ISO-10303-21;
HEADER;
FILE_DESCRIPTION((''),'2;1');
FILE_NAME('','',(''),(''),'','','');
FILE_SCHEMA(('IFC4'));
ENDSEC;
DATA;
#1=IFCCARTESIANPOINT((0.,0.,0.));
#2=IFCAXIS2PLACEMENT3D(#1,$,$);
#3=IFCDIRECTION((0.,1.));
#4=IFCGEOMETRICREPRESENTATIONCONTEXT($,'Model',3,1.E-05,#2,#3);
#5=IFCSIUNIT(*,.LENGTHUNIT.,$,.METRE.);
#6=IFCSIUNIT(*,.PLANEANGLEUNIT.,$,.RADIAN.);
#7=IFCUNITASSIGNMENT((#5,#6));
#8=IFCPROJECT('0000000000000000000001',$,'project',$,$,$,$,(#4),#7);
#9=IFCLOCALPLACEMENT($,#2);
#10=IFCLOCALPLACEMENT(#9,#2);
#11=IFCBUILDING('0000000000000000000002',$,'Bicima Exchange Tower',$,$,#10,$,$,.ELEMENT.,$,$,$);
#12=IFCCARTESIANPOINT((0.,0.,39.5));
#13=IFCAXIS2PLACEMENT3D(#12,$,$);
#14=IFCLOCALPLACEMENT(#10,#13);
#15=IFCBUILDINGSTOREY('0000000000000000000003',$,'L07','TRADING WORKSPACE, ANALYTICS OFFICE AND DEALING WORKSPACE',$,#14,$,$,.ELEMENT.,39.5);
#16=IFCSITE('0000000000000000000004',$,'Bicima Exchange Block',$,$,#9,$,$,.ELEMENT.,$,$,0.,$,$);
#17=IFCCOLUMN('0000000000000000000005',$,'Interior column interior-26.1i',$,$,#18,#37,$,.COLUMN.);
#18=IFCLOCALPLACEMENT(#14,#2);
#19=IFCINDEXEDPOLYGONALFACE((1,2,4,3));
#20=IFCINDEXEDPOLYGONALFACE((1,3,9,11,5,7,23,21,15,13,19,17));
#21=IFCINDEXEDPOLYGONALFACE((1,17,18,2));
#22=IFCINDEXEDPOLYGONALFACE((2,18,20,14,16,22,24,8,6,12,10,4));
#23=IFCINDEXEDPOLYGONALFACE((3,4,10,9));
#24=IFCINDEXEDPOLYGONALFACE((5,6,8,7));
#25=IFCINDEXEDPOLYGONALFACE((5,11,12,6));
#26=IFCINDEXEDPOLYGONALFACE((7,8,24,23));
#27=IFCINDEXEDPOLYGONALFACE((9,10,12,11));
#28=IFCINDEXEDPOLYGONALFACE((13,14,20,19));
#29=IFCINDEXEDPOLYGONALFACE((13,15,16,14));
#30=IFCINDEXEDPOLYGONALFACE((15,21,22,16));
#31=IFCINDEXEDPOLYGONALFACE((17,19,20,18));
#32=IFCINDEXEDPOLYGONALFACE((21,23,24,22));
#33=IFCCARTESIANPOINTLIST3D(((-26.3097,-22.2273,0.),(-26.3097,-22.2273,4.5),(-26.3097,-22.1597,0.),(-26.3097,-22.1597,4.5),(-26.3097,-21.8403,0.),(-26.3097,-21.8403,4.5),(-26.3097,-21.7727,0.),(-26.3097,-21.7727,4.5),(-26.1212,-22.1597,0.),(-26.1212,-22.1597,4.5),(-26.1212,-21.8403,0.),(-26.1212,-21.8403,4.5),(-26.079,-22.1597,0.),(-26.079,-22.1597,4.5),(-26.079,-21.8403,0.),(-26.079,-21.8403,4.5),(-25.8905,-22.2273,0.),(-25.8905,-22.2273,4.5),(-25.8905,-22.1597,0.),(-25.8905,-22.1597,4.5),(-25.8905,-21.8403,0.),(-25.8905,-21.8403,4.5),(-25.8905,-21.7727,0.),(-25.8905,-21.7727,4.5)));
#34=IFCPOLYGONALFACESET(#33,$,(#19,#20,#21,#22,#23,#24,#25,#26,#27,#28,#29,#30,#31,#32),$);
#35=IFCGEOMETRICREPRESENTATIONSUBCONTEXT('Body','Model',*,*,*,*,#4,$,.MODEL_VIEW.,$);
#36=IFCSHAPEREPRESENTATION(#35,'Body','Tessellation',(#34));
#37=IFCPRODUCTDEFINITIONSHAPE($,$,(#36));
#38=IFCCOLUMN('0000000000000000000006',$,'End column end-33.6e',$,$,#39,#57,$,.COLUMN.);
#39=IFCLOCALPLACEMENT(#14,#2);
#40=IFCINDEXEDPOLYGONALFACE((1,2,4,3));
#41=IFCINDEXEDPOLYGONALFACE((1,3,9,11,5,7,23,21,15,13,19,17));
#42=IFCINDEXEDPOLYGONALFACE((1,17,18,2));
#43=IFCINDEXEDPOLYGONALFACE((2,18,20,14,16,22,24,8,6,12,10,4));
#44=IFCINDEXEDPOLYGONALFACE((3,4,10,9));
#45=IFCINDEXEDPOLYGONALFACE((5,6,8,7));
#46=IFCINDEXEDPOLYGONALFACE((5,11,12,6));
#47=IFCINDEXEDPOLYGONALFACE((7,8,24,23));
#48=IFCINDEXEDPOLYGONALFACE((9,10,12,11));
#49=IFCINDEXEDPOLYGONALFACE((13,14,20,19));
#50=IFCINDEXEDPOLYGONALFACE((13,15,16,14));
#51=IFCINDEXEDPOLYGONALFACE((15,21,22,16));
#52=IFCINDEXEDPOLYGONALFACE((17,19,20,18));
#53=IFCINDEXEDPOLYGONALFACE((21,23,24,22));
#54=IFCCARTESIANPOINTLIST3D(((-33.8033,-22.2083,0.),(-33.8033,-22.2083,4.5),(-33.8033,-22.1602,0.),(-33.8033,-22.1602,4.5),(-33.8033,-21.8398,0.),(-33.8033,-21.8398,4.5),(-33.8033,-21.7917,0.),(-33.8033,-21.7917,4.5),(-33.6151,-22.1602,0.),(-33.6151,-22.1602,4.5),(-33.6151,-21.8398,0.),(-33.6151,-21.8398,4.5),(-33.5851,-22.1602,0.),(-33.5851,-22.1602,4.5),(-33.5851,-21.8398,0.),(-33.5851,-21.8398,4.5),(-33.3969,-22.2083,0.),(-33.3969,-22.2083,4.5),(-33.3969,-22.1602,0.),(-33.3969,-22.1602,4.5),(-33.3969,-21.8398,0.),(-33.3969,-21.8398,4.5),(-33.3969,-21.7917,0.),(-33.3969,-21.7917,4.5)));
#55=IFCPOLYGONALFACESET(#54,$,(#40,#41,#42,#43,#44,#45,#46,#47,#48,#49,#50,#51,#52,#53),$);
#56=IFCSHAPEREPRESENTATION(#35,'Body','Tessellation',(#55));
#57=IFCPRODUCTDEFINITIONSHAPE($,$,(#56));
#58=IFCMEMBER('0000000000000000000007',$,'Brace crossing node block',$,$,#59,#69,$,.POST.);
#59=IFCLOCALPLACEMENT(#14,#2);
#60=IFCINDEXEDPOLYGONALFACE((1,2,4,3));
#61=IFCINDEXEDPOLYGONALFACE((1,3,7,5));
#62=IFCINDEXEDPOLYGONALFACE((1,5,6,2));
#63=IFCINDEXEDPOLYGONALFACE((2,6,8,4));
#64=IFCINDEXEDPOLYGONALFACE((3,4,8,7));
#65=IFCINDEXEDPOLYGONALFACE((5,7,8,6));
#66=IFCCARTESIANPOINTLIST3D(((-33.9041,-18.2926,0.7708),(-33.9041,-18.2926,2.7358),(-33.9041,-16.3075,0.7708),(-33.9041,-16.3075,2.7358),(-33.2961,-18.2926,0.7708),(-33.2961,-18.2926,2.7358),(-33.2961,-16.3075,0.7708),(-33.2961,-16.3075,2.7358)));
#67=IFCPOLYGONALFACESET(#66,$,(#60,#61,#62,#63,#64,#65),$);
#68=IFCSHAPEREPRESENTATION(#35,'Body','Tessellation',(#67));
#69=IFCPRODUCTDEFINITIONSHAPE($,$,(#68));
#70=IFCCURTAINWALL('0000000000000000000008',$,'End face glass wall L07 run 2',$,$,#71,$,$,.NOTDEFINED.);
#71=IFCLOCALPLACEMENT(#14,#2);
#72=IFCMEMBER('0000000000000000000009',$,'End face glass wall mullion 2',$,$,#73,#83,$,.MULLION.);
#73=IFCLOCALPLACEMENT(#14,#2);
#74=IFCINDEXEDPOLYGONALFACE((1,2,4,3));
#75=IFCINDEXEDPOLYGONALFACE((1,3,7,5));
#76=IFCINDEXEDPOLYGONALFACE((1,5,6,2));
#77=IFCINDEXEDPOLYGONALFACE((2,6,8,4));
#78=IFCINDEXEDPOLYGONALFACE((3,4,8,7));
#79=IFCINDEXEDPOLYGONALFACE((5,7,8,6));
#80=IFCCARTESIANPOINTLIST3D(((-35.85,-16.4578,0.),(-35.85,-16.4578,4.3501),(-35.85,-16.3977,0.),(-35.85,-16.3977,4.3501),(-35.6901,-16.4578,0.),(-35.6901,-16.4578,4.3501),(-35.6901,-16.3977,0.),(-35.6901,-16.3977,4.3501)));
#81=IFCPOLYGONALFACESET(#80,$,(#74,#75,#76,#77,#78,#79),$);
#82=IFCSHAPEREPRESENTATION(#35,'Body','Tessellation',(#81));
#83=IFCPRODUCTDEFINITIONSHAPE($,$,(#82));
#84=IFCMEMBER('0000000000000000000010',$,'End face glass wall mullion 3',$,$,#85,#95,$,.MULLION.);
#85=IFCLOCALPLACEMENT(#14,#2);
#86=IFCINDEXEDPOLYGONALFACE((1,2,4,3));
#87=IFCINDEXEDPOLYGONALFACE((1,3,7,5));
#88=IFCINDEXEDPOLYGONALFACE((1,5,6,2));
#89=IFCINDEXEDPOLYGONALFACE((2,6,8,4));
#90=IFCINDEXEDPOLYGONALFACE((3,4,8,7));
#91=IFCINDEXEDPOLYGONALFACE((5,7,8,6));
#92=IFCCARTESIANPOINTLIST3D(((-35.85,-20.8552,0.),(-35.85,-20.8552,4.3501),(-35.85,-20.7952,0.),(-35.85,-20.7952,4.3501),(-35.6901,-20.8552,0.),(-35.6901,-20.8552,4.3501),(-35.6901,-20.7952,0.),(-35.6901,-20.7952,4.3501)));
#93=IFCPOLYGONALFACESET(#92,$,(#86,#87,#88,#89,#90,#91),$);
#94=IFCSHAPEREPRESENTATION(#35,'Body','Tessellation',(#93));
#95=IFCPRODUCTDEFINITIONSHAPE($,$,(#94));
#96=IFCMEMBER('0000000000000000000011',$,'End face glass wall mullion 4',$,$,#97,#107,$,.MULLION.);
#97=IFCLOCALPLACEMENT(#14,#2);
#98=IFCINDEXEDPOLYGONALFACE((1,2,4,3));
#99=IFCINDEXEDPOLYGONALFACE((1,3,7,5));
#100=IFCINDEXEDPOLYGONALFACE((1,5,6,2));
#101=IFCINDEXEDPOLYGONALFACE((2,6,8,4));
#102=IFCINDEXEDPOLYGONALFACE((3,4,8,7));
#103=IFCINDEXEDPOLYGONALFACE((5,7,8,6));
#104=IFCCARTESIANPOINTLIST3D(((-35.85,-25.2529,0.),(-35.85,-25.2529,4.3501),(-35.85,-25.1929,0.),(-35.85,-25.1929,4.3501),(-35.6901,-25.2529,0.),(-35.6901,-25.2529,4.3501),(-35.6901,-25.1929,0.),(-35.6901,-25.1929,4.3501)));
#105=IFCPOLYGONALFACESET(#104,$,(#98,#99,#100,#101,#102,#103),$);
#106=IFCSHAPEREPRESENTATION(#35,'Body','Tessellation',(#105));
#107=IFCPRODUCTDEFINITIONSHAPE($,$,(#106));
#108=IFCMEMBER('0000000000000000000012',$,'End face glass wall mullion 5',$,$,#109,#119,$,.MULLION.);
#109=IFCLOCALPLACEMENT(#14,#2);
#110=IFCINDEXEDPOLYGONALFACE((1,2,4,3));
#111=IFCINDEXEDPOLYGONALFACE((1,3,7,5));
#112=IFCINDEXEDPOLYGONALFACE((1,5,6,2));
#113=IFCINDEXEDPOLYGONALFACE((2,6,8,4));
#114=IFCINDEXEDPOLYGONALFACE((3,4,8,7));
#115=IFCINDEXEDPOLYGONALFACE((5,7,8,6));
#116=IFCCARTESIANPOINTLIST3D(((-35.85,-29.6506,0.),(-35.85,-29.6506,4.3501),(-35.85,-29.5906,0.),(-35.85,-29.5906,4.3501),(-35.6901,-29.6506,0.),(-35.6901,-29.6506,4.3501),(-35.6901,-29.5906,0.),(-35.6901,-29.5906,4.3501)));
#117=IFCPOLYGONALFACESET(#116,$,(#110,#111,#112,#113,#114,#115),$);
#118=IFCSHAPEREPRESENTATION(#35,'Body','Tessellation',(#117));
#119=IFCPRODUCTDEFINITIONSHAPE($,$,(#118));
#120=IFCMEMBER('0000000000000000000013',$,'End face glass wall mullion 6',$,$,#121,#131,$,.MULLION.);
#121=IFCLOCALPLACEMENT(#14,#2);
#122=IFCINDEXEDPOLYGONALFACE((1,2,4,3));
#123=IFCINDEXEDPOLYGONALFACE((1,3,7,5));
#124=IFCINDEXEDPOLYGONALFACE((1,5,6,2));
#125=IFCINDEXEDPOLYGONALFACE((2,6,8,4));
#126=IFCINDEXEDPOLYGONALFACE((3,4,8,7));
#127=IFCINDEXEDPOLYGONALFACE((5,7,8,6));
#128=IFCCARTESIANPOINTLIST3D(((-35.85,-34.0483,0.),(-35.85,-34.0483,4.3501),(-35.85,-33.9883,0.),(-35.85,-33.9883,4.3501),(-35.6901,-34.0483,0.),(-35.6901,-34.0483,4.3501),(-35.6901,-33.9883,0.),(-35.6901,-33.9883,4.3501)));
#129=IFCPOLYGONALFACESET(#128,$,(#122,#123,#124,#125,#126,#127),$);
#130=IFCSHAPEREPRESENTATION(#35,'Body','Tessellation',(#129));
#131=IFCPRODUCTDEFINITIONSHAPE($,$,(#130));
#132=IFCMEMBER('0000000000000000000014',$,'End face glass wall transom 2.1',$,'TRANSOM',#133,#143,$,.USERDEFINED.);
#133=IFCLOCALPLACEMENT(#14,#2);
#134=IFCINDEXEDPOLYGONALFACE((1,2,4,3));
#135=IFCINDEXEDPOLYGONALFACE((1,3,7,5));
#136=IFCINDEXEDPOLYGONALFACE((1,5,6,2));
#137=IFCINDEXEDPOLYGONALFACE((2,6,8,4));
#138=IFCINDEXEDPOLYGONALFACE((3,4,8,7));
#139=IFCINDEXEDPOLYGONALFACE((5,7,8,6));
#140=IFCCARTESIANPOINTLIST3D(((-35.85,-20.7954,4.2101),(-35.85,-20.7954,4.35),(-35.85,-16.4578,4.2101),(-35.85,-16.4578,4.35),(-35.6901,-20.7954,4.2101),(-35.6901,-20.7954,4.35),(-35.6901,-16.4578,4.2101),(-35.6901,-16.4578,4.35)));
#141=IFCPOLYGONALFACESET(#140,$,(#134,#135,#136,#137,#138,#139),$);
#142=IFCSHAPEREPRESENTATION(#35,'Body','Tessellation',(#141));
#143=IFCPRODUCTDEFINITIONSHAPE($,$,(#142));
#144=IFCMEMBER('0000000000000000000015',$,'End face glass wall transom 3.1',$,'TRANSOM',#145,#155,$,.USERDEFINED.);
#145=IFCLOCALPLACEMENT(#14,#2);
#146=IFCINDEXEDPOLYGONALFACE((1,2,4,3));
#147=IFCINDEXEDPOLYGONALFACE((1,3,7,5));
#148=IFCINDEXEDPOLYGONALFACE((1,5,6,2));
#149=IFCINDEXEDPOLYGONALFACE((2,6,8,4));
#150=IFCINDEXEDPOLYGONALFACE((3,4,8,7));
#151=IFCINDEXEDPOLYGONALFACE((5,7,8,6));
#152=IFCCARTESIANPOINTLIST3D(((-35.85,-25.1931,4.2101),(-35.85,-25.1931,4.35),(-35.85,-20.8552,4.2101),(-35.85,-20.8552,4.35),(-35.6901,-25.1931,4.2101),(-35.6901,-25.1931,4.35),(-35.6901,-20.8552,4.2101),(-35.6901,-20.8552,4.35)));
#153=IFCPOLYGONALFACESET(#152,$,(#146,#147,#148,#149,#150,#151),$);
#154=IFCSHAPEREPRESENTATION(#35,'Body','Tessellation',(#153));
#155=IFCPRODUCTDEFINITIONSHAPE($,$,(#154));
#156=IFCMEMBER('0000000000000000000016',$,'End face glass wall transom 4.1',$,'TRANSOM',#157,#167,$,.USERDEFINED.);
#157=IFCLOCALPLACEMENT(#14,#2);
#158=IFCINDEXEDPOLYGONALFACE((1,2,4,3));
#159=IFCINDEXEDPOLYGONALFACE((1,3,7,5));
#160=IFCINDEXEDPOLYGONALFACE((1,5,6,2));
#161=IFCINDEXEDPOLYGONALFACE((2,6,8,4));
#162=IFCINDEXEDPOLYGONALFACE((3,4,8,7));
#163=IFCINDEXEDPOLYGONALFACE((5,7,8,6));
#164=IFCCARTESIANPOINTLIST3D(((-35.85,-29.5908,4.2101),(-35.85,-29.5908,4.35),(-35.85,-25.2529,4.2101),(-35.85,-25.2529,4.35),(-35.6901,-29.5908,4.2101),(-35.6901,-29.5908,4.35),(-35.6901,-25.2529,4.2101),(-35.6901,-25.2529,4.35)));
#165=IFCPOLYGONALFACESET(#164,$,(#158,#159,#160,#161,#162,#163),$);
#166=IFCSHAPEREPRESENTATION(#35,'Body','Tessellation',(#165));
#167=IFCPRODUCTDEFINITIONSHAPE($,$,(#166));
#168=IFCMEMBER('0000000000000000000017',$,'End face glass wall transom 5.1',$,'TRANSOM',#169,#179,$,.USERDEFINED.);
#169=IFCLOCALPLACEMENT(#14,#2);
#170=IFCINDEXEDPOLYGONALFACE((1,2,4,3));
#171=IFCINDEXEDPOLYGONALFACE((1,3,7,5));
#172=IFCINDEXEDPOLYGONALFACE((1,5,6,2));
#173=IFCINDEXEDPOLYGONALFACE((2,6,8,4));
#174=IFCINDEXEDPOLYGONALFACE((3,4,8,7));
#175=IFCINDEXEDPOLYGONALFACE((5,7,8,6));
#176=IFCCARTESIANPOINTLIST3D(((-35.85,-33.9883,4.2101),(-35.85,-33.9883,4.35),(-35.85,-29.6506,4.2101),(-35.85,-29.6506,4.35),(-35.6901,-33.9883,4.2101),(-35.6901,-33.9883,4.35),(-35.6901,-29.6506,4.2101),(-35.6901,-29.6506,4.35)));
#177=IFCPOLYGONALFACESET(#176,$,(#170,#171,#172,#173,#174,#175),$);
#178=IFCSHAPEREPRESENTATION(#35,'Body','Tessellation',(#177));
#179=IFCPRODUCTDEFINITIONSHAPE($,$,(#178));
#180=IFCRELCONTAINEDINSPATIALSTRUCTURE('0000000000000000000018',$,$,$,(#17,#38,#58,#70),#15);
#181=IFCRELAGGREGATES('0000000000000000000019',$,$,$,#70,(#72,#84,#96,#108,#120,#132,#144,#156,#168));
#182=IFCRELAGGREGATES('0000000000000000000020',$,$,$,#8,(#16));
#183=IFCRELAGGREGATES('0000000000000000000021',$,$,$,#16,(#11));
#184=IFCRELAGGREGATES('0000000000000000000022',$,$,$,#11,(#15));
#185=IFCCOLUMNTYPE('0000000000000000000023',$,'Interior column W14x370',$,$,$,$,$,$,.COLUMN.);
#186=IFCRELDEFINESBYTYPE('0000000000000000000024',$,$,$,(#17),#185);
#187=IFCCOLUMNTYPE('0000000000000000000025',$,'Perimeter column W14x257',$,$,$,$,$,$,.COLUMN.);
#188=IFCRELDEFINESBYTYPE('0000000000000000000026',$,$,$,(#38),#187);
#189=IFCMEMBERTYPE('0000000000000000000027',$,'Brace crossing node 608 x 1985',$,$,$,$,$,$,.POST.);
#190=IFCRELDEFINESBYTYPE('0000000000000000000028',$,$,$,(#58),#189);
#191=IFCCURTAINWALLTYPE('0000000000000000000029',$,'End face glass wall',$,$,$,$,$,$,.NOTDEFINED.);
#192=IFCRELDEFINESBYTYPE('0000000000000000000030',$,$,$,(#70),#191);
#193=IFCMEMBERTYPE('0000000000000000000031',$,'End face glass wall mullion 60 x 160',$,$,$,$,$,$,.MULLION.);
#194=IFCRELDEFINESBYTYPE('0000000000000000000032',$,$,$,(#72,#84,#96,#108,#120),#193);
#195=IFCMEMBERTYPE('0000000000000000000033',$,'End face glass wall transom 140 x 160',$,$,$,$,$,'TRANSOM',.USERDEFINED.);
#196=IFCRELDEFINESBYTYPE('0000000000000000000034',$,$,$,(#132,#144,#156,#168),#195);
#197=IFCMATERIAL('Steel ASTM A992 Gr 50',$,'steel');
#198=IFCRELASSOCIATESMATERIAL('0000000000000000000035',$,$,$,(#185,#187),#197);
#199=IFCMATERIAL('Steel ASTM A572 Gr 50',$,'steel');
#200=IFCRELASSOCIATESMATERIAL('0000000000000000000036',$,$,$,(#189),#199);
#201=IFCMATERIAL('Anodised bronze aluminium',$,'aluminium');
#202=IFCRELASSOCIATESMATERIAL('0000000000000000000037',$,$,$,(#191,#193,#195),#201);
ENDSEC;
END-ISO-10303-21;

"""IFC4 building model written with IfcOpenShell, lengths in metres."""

from ifc_helpers import new_model, si_unit, direction, frame, origin, origin_2d, place, context, subcontext, project, spatial, rectangle, i_section, extrude, material, material_profile, profile_set, type_object, element, aggregate, save


model = new_model("IFC4")

# Units and contexts
model_context = context("Model", 3, precision=1e-05, world=origin(), true_north=direction((0.0, 1.0)))
body_context = subcontext(model_context, "Body", "Model", "MODEL_VIEW")
ifc_project = project(units=[si_unit("LENGTHUNIT", "METRE"), si_unit("PLANEANGLEUNIT", "RADIAN")], contexts=[model_context])

# Site, building, storey
site_placement = place(None, origin())
site = spatial("IfcSite", under=ifc_project, at=site_placement, Name="Bicima Exchange Block", CompositionType="ELEMENT", RefElevation=0.0)
building_placement = place(site_placement, origin())
building = spatial("IfcBuilding", under=site, at=building_placement, Name="Bicima Exchange Tower", CompositionType="ELEMENT")
storey_placement = place(building_placement, frame((0.0, 0.0, 39.5)))
storey = spatial("IfcBuildingStorey", under=building, at=storey_placement, Name="L07", Description="TRADING WORKSPACE, ANALYTICS OFFICE AND DEALING WORKSPACE", CompositionType="ELEMENT", Elevation=39.5)

# Columns
ifc_material_1 = material(Name="Steel ASTM A992 Gr 50", Category="steel")
ifc_material_profile_1 = material_profile(ifc_material_1, i_section(OverallWidth=0.4192, OverallDepth=0.4546, WebThickness=0.0422, FlangeThickness=0.0676, at=origin_2d()))
ifc_profile_set_1 = profile_set([ifc_material_profile_1], Name="Steel ASTM A992 Gr 50")
column_type_1 = type_object("IfcColumnType", Name="Interior column W14x370", PredefinedType="COLUMN", material=ifc_profile_set_1)
column_1_placement = place(storey_placement, frame((-26.1001, -22.0, 0.0), z_axis=(0.0, 0.0, 1.0), x_axis=(1.0, 0.0, 0.0)))
element("IfcColumn", 1, at=column_1_placement, inside=storey, type_object=column_type_1, Name="Interior column interior-26.1i", PredefinedType="COLUMN", context=body_context, shape_type="SweptSolid", body=[
    extrude(i_section(OverallWidth=0.4192, OverallDepth=0.4546, WebThickness=0.0422, FlangeThickness=0.0676, at=origin_2d()), origin(), (0.0, 0.0, 1.0), 4.5),
])
ifc_material_profile_2 = material_profile(ifc_material_1, i_section(OverallWidth=0.4065, OverallDepth=0.4165, WebThickness=0.03, FlangeThickness=0.0481, at=origin_2d()))
ifc_profile_set_2 = profile_set([ifc_material_profile_2], Name="Steel ASTM A992 Gr 50")
column_type_2 = type_object("IfcColumnType", Name="Perimeter column W14x257", PredefinedType="COLUMN", material=ifc_profile_set_2)
column_2_placement = place(storey_placement, frame((-33.6001, -22.0, 0.0), z_axis=(0.0, 0.0, 1.0), x_axis=(1.0, 0.0, 0.0)))
element("IfcColumn", 2, at=column_2_placement, inside=storey, type_object=column_type_2, Name="End column end-33.6e", PredefinedType="COLUMN", context=body_context, shape_type="SweptSolid", body=[
    extrude(i_section(OverallWidth=0.4065, OverallDepth=0.4165, WebThickness=0.03, FlangeThickness=0.0481, at=origin_2d()), origin(), (0.0, 0.0, 1.0), 4.5),
])

# Member
ifc_material_2 = material(Name="Steel ASTM A572 Gr 50", Category="steel")
ifc_material_profile_3 = material_profile(ifc_material_2, rectangle(XDim=0.6079, YDim=1.9851, at=origin_2d()))
ifc_profile_set_3 = profile_set([ifc_material_profile_3], Name="Steel ASTM A572 Gr 50")
member_type_1 = type_object("IfcMemberType", Name="Brace crossing node 608 x 1985", PredefinedType="POST", material=ifc_profile_set_3)
member_1_placement = place(storey_placement, frame((-33.6001, -17.3, 0.7708), z_axis=(0.0, 0.0, 1.0), x_axis=(1.0, 0.0, 0.0)))
element("IfcMember", 3, at=member_1_placement, inside=storey, type_object=member_type_1, Name="Brace crossing node block", PredefinedType="POST", context=body_context, shape_type="SweptSolid", body=[
    extrude(rectangle(XDim=0.6079, YDim=1.9851, at=origin_2d()), origin(), (0.0, 0.0, 1.0), 1.9651),
])

# Curtain wall, members
ifc_material_3 = material(Name="Anodised bronze aluminium", Category="aluminium")
curtain_wall_type = type_object("IfcCurtainWallType", Name="End face glass wall", PredefinedType="NOTDEFINED", material=ifc_material_3)
curtain_wall_placement = place(storey_placement, origin())
curtain_wall = element("IfcCurtainWall", 4, at=curtain_wall_placement, inside=storey, type_object=curtain_wall_type, Name="End face glass wall L07 run 2", PredefinedType="NOTDEFINED")
ifc_material_profile_4 = material_profile(ifc_material_3, rectangle(XDim=0.1599, YDim=0.0601, at=origin_2d()))
ifc_profile_set_4 = profile_set([ifc_material_profile_4], Name="Anodised bronze aluminium")
member_type_2 = type_object("IfcMemberType", Name="End face glass wall mullion 60 x 160", PredefinedType="MULLION", material=ifc_profile_set_4)
member_2_placement = place(storey_placement, frame((-35.77, -16.4277, 0.0), z_axis=(0.0, 0.0, 1.0), x_axis=(1.0, 0.0, 0.0)))
member_2 = element("IfcMember", 5, at=member_2_placement, type_object=member_type_2, Name="End face glass wall mullion 2", PredefinedType="MULLION", context=body_context, shape_type="SweptSolid", body=[
    extrude(rectangle(XDim=0.1599, YDim=0.0601, at=origin_2d()), origin(), (0.0, 0.0, 1.0), 4.3501),
])
member_3_placement = place(storey_placement, frame((-35.77, -20.8252, 0.0), z_axis=(0.0, 0.0, 1.0), x_axis=(1.0, 0.0, 0.0)))
member_3 = element("IfcMember", 6, at=member_3_placement, type_object=member_type_2, Name="End face glass wall mullion 3", PredefinedType="MULLION", context=body_context, shape_type="SweptSolid", body=[
    extrude(rectangle(XDim=0.1599, YDim=0.0601, at=origin_2d()), origin(), (0.0, 0.0, 1.0), 4.3501),
])
member_4_placement = place(storey_placement, frame((-35.77, -25.2229, 0.0), z_axis=(0.0, 0.0, 1.0), x_axis=(1.0, 0.0, 0.0)))
member_4 = element("IfcMember", 7, at=member_4_placement, type_object=member_type_2, Name="End face glass wall mullion 4", PredefinedType="MULLION", context=body_context, shape_type="SweptSolid", body=[
    extrude(rectangle(XDim=0.1599, YDim=0.0601, at=origin_2d()), origin(), (0.0, 0.0, 1.0), 4.3501),
])
member_5_placement = place(storey_placement, frame((-35.77, -29.6206, 0.0), z_axis=(0.0, 0.0, 1.0), x_axis=(1.0, 0.0, 0.0)))
member_5 = element("IfcMember", 8, at=member_5_placement, type_object=member_type_2, Name="End face glass wall mullion 5", PredefinedType="MULLION", context=body_context, shape_type="SweptSolid", body=[
    extrude(rectangle(XDim=0.1599, YDim=0.0601, at=origin_2d()), origin(), (0.0, 0.0, 1.0), 4.3501),
])
member_6_placement = place(storey_placement, frame((-35.77, -34.0183, 0.0), z_axis=(0.0, 0.0, 1.0), x_axis=(1.0, 0.0, 0.0)))
member_6 = element("IfcMember", 9, at=member_6_placement, type_object=member_type_2, Name="End face glass wall mullion 6", PredefinedType="MULLION", context=body_context, shape_type="SweptSolid", body=[
    extrude(rectangle(XDim=0.1599, YDim=0.0601, at=origin_2d()), origin(), (0.0, 0.0, 1.0), 4.3501),
])
ifc_material_profile_5 = material_profile(ifc_material_3, rectangle(XDim=0.1599, YDim=0.1399, at=origin_2d()))
ifc_profile_set_5 = profile_set([ifc_material_profile_5], Name="Anodised bronze aluminium")
member_type_3 = type_object("IfcMemberType", Name="End face glass wall transom 140 x 160", ElementType="TRANSOM", PredefinedType="USERDEFINED", material=ifc_profile_set_5)
member_7_placement = place(storey_placement, frame((-35.77, -16.4578, 4.28), z_axis=(0.0, -1.0, 0.0), x_axis=(1.0, 0.0, 0.0)))
member_7 = element("IfcMember", 10, at=member_7_placement, type_object=member_type_3, Name="End face glass wall transom 2.1", ObjectType="TRANSOM", PredefinedType="USERDEFINED", context=body_context, shape_type="SweptSolid", body=[
    extrude(rectangle(XDim=0.1599, YDim=0.1399, at=origin_2d()), origin(), (0.0, 0.0, 1.0), 4.3376),
])
member_8_placement = place(storey_placement, frame((-35.77, -20.8552, 4.28), z_axis=(0.0, -1.0, 0.0), x_axis=(1.0, 0.0, 0.0)))
member_8 = element("IfcMember", 11, at=member_8_placement, type_object=member_type_3, Name="End face glass wall transom 3.1", ObjectType="TRANSOM", PredefinedType="USERDEFINED", context=body_context, shape_type="SweptSolid", body=[
    extrude(rectangle(XDim=0.1599, YDim=0.1399, at=origin_2d()), origin(), (0.0, 0.0, 1.0), 4.3379),
])
member_9_placement = place(storey_placement, frame((-35.77, -25.2529, 4.28), z_axis=(0.0, -1.0, 0.0), x_axis=(1.0, 0.0, 0.0)))
member_9 = element("IfcMember", 12, at=member_9_placement, type_object=member_type_3, Name="End face glass wall transom 4.1", ObjectType="TRANSOM", PredefinedType="USERDEFINED", context=body_context, shape_type="SweptSolid", body=[
    extrude(rectangle(XDim=0.1599, YDim=0.1399, at=origin_2d()), origin(), (0.0, 0.0, 1.0), 4.3379),
])
member_10_placement = place(storey_placement, frame((-35.77, -29.6506, 4.28), z_axis=(0.0, -1.0, 0.0), x_axis=(1.0, 0.0, 0.0)))
member_10 = element("IfcMember", 13, at=member_10_placement, type_object=member_type_3, Name="End face glass wall transom 5.1", ObjectType="TRANSOM", PredefinedType="USERDEFINED", context=body_context, shape_type="SweptSolid", body=[
    extrude(rectangle(XDim=0.1599, YDim=0.1399, at=origin_2d()), origin(), (0.0, 0.0, 1.0), 4.3376),
])

aggregate(curtain_wall, [member_2, member_3, member_4, member_5, member_6, member_7, member_8, member_9, member_10])

save(model, "model.ifc")
